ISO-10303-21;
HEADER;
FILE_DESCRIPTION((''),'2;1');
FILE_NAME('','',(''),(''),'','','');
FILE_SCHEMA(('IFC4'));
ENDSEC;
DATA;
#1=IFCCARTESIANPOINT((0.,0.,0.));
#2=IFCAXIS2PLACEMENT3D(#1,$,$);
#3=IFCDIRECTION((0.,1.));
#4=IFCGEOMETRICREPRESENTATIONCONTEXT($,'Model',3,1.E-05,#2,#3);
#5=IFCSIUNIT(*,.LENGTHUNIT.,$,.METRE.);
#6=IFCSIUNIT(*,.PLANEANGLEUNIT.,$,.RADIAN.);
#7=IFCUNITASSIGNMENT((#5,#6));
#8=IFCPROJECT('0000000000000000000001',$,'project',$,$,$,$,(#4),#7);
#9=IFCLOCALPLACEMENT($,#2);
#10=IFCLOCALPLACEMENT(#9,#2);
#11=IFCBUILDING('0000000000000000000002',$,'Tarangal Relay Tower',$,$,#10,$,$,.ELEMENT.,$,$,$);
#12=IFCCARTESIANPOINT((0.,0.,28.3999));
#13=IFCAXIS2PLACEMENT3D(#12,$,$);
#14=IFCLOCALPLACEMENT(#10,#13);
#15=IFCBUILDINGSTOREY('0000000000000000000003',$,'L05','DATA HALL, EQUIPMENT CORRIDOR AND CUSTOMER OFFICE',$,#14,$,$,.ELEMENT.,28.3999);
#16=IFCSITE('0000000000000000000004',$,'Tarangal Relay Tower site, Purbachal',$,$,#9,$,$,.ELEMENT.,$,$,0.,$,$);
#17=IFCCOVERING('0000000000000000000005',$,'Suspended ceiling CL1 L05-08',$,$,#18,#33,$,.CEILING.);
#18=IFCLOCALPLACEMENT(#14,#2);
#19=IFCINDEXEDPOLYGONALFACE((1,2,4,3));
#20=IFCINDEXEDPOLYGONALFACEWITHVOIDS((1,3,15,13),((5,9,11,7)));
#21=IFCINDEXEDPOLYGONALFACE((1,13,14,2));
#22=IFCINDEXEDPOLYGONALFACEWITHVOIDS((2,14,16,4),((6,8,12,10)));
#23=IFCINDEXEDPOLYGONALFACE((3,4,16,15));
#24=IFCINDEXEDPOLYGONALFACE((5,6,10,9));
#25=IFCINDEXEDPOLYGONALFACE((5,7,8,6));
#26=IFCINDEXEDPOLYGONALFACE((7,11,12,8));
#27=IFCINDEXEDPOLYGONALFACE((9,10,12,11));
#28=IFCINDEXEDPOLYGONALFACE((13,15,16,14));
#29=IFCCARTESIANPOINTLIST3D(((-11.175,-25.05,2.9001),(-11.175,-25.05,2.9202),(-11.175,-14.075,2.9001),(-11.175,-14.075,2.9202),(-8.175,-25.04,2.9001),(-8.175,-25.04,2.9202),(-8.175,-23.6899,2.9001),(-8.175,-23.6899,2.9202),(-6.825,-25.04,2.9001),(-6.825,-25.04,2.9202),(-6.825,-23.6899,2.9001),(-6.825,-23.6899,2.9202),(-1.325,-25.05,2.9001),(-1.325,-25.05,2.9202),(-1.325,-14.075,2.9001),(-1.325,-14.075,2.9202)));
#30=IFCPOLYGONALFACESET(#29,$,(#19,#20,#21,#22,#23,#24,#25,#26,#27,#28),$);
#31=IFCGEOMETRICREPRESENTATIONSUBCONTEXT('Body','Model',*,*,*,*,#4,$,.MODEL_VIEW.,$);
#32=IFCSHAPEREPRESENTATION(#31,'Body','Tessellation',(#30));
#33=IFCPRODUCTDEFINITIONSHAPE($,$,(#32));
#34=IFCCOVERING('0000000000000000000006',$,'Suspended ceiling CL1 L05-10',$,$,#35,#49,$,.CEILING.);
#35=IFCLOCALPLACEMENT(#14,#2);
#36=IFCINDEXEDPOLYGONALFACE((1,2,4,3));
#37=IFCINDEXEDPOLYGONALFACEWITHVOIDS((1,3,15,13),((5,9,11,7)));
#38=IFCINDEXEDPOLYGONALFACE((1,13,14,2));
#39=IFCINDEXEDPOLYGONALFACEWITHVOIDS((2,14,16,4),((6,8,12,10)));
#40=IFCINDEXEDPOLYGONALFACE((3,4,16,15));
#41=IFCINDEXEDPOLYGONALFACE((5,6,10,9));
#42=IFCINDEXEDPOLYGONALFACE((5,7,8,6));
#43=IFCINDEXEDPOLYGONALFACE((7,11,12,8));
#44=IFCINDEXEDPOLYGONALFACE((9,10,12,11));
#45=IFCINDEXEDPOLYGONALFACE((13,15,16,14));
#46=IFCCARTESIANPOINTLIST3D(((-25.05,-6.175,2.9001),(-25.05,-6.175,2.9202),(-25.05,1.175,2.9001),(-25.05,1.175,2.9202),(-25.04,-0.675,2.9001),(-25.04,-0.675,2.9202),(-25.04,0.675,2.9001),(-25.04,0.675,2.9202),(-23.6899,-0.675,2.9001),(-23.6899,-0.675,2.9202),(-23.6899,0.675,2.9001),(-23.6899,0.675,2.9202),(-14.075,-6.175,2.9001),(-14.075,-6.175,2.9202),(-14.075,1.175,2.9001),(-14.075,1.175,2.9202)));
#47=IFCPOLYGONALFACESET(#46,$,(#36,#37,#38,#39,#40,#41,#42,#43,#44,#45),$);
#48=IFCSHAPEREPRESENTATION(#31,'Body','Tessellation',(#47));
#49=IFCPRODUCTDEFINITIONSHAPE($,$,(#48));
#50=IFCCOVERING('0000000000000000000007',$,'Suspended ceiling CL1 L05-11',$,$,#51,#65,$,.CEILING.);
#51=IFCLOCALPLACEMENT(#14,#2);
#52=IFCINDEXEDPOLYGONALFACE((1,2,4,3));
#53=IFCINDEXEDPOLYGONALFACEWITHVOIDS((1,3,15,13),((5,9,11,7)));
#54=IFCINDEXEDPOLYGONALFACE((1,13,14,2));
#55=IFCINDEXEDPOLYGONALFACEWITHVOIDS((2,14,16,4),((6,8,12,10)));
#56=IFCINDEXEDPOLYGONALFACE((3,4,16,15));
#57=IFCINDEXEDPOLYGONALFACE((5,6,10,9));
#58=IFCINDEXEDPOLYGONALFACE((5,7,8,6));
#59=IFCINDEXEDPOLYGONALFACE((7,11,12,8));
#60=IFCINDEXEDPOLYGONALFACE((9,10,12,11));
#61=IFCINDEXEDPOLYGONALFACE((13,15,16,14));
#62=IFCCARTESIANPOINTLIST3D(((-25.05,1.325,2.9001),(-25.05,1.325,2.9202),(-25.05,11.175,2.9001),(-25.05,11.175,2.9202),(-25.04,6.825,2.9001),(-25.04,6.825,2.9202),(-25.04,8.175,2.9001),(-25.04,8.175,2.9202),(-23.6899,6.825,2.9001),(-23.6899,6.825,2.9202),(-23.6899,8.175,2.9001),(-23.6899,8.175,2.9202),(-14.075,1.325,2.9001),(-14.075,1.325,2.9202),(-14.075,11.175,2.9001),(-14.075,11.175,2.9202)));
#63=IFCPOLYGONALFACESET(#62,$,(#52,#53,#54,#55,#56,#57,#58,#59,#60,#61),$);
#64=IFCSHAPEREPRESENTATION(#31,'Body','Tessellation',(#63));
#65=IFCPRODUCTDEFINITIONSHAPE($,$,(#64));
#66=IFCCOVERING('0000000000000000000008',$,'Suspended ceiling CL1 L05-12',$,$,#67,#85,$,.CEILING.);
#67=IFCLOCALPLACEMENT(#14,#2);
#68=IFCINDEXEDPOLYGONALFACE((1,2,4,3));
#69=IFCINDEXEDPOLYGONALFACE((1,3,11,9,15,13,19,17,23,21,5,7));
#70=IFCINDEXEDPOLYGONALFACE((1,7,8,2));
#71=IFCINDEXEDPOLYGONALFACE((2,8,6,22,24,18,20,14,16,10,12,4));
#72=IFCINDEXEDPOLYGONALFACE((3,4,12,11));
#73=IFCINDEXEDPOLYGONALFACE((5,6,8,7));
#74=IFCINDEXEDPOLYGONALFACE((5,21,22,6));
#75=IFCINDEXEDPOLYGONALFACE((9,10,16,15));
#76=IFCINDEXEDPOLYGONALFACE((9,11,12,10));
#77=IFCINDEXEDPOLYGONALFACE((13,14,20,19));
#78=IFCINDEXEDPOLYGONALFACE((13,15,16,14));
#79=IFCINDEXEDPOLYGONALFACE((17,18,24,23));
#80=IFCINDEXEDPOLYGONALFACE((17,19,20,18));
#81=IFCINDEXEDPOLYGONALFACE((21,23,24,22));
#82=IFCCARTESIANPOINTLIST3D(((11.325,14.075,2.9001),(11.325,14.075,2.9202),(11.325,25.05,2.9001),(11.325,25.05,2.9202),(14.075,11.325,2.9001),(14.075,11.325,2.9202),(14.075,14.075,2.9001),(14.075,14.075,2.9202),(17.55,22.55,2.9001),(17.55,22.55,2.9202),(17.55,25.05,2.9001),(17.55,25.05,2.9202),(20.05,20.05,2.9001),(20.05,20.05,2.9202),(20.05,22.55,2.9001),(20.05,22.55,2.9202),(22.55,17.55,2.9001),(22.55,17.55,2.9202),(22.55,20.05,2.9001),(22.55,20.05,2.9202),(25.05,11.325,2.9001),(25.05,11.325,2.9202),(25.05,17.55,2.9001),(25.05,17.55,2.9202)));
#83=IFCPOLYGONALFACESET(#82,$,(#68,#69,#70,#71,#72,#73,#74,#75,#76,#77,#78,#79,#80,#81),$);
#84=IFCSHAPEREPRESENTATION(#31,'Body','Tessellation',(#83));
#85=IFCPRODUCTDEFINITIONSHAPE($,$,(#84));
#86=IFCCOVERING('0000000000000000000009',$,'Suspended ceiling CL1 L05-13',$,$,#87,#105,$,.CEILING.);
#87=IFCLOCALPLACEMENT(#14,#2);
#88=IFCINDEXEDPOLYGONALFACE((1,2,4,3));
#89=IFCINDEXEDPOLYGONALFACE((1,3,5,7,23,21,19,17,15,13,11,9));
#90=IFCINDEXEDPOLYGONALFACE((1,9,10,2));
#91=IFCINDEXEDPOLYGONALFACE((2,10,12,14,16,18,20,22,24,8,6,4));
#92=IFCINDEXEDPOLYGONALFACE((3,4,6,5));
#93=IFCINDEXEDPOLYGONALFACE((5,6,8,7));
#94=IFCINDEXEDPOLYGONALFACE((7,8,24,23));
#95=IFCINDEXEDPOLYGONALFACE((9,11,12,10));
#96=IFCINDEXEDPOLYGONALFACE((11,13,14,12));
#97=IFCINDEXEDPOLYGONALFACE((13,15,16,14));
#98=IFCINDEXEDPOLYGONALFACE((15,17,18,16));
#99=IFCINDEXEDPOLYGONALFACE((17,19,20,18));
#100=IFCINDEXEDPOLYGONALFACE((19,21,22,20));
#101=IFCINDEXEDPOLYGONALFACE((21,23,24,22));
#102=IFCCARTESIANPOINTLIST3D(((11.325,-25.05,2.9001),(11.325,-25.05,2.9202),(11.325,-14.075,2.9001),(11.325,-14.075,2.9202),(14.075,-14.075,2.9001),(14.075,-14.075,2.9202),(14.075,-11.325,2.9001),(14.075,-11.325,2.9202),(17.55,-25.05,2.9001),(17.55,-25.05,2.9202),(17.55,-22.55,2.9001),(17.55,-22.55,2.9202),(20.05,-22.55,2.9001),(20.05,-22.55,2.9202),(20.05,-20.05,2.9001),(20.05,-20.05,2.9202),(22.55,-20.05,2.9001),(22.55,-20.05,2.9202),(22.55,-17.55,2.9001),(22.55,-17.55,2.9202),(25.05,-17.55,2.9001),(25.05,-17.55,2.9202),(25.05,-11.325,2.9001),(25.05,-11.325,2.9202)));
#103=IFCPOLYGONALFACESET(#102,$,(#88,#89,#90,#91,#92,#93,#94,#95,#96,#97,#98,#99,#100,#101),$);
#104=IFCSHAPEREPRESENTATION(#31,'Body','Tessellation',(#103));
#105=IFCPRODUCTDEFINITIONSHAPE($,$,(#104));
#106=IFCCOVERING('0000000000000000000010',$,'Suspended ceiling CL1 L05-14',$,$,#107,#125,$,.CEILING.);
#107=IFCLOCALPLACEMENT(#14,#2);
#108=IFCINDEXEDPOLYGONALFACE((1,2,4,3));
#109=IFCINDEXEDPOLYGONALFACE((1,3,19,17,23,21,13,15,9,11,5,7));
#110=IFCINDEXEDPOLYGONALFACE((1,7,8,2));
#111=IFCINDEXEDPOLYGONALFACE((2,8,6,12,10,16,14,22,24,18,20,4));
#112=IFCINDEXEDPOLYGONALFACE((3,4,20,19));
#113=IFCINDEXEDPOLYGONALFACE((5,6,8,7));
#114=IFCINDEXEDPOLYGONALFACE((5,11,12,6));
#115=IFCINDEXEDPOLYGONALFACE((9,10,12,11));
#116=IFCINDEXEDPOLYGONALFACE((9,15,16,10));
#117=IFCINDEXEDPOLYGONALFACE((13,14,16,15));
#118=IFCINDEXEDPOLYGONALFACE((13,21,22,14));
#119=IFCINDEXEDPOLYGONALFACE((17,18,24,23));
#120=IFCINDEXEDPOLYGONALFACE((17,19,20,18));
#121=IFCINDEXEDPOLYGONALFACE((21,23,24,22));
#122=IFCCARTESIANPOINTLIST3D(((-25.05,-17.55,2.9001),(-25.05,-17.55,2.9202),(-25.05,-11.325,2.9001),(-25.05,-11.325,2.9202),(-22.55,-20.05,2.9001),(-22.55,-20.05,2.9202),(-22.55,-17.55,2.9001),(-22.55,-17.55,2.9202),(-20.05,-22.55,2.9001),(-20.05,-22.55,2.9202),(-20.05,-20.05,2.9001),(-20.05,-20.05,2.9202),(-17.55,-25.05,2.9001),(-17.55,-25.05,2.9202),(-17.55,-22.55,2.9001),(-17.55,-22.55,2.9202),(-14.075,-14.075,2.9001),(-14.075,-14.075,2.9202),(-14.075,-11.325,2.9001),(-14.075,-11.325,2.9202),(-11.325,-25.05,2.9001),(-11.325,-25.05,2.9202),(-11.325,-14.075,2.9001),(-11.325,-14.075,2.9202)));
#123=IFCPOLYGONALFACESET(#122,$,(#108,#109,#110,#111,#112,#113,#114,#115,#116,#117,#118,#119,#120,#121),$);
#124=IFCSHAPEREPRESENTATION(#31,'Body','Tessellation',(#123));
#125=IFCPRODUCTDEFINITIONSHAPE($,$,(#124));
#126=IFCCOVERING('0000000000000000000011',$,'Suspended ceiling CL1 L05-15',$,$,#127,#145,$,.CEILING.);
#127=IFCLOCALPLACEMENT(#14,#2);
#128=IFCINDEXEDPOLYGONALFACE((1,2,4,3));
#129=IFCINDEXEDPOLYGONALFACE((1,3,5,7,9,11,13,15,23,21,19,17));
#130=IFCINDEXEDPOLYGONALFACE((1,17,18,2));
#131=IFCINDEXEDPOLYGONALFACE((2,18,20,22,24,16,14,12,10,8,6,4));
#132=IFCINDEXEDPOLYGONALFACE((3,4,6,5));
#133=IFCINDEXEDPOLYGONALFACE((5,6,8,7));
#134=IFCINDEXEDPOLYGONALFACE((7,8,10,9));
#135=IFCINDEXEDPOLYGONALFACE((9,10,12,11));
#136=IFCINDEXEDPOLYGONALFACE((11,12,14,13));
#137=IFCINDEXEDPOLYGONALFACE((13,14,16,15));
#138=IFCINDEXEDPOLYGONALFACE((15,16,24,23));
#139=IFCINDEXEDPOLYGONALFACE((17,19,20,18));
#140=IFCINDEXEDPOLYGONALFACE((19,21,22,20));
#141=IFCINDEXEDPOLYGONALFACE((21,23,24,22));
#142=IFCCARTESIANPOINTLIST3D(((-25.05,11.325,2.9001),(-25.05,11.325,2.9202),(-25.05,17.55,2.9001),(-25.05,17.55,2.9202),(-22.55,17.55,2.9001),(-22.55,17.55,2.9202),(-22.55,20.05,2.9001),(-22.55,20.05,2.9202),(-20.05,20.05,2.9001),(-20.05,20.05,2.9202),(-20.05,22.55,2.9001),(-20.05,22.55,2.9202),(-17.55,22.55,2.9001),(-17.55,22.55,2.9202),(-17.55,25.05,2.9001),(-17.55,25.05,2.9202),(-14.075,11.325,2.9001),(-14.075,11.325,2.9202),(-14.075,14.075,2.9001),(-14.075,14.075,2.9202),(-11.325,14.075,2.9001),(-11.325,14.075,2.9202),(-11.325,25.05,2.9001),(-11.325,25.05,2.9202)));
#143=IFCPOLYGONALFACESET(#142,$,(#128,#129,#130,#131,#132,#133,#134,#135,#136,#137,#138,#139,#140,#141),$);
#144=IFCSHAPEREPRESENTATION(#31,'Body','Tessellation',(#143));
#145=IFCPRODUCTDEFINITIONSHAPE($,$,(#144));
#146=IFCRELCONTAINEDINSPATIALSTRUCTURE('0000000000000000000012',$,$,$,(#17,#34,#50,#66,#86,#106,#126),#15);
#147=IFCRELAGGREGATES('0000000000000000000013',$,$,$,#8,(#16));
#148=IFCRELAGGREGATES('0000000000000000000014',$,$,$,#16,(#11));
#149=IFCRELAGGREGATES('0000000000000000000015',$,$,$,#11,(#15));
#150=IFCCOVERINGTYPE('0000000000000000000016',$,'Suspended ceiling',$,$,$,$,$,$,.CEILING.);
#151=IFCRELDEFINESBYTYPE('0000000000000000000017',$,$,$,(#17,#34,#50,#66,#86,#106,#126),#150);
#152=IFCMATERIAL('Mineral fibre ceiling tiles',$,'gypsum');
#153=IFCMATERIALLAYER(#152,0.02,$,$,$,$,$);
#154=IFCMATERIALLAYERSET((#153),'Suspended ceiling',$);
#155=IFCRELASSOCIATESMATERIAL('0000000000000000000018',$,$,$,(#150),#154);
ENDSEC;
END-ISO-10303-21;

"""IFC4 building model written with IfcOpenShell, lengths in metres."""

from ifc_helpers import new_model, si_unit, direction, frame, origin, place, context, subcontext, project, spatial, polyline, outline, extrude, material, layer, layer_set, type_object, element, save


model = new_model("IFC4")

# Units and contexts
model_context = context("Model", 3, precision=1e-05, world=origin(), true_north=direction((0.0, 1.0)))
body_context = subcontext(model_context, "Body", "Model", "MODEL_VIEW")
ifc_project = project(units=[si_unit("LENGTHUNIT", "METRE"), si_unit("PLANEANGLEUNIT", "RADIAN")], contexts=[model_context])

# Site, building, storey
site_placement = place(None, origin())
site = spatial("IfcSite", under=ifc_project, at=site_placement, Name="Tarangal Relay Tower site, Purbachal", CompositionType="ELEMENT", RefElevation=0.0)
building_placement = place(site_placement, origin())
building = spatial("IfcBuilding", under=site, at=building_placement, Name="Tarangal Relay Tower", CompositionType="ELEMENT")
storey_placement = place(building_placement, frame((0.0, 0.0, 28.3999)))
storey = spatial("IfcBuildingStorey", under=building, at=storey_placement, Name="L05", Description="DATA HALL, EQUIPMENT CORRIDOR AND CUSTOMER OFFICE", CompositionType="ELEMENT", Elevation=28.3999)

# Coverings
ifc_material_1 = material(Name="Mineral fibre ceiling tiles", Category="gypsum")
ifc_layer_1 = layer(ifc_material_1, 0.02)
ifc_layer_set_1 = layer_set([ifc_layer_1], Name="Suspended ceiling")
covering_type_1 = type_object("IfcCoveringType", Name="Suspended ceiling", PredefinedType="CEILING", material=ifc_layer_set_1)
covering_1_placement = place(storey_placement, frame((0.0, 0.0, 2.9001)))
element("IfcCovering", 1, at=covering_1_placement, inside=storey, type_object=covering_type_1, Name="Suspended ceiling CL1 L05-08", PredefinedType="CEILING", context=body_context, shape_type="SweptSolid", body=[
    extrude(outline(polyline([(-11.175, -25.05), (-1.325, -25.05), (-1.325, -14.075), (-11.175, -14.075), (-11.175, -25.05)]), holes=[polyline([(-6.825, -23.6899), (-8.175, -23.6899), (-8.175, -25.04), (-6.825, -25.04), (-6.825, -23.6899)])]), origin(), (0.0, 0.0, 1.0), 0.02),
])
covering_2_placement = place(storey_placement, frame((0.0, 0.0, 2.9001)))
element("IfcCovering", 2, at=covering_2_placement, inside=storey, type_object=covering_type_1, Name="Suspended ceiling CL1 L05-10", PredefinedType="CEILING", context=body_context, shape_type="SweptSolid", body=[
    extrude(outline(polyline([(-25.05, 1.175), (-25.05, -6.175), (-14.075, -6.175), (-14.075, 1.175), (-25.05, 1.175)]), holes=[polyline([(-23.6899, 0.675), (-25.04, 0.675), (-25.04, -0.675), (-23.6899, -0.675), (-23.6899, 0.675)])]), origin(), (0.0, 0.0, 1.0), 0.02),
])
covering_3_placement = place(storey_placement, frame((0.0, 0.0, 2.9001)))
element("IfcCovering", 3, at=covering_3_placement, inside=storey, type_object=covering_type_1, Name="Suspended ceiling CL1 L05-11", PredefinedType="CEILING", context=body_context, shape_type="SweptSolid", body=[
    extrude(outline(polyline([(-25.05, 11.175), (-25.05, 1.325), (-14.075, 1.325), (-14.075, 11.175), (-25.05, 11.175)]), holes=[polyline([(-23.6899, 8.175), (-25.04, 8.175), (-25.04, 6.825), (-23.6899, 6.825), (-23.6899, 8.175)])]), origin(), (0.0, 0.0, 1.0), 0.02),
])
covering_4_placement = place(storey_placement, frame((0.0, 0.0, 2.9001)))
element("IfcCovering", 4, at=covering_4_placement, inside=storey, type_object=covering_type_1, Name="Suspended ceiling CL1 L05-12", PredefinedType="CEILING", context=body_context, shape_type="SweptSolid", body=[
    extrude(outline(polyline([(17.55, 25.05), (11.325, 25.05), (11.325, 14.075), (14.075, 14.075), (14.075, 11.325), (25.05, 11.325), (25.05, 17.55), (22.55, 17.55), (22.55, 20.05), (20.05, 20.05), (20.05, 22.55), (17.55, 22.55), (17.55, 25.05)])), origin(), (0.0, 0.0, 1.0), 0.02),
])
covering_5_placement = place(storey_placement, frame((0.0, 0.0, 2.9001)))
element("IfcCovering", 5, at=covering_5_placement, inside=storey, type_object=covering_type_1, Name="Suspended ceiling CL1 L05-13", PredefinedType="CEILING", context=body_context, shape_type="SweptSolid", body=[
    extrude(outline(polyline([(25.05, -17.55), (25.05, -11.325), (14.075, -11.325), (14.075, -14.075), (11.325, -14.075), (11.325, -25.05), (17.55, -25.05), (17.55, -22.55), (20.05, -22.55), (20.05, -20.05), (22.55, -20.05), (22.55, -17.55), (25.05, -17.55)])), origin(), (0.0, 0.0, 1.0), 0.02),
])
covering_6_placement = place(storey_placement, frame((0.0, 0.0, 2.9001)))
element("IfcCovering", 6, at=covering_6_placement, inside=storey, type_object=covering_type_1, Name="Suspended ceiling CL1 L05-14", PredefinedType="CEILING", context=body_context, shape_type="SweptSolid", body=[
    extrude(outline(polyline([(-17.55, -22.55), (-17.55, -25.05), (-11.325, -25.05), (-11.325, -14.075), (-14.075, -14.075), (-14.075, -11.325), (-25.05, -11.325), (-25.05, -17.55), (-22.55, -17.55), (-22.55, -20.05), (-20.05, -20.05), (-20.05, -22.55), (-17.55, -22.55)])), origin(), (0.0, 0.0, 1.0), 0.02),
])
covering_7_placement = place(storey_placement, frame((0.0, 0.0, 2.9001)))
element("IfcCovering", 7, at=covering_7_placement, inside=storey, type_object=covering_type_1, Name="Suspended ceiling CL1 L05-15", PredefinedType="CEILING", context=body_context, shape_type="SweptSolid", body=[
    extrude(outline(polyline([(-22.55, 17.55), (-25.05, 17.55), (-25.05, 11.325), (-14.075, 11.325), (-14.075, 14.075), (-11.325, 14.075), (-11.325, 25.05), (-17.55, 25.05), (-17.55, 22.55), (-20.05, 22.55), (-20.05, 20.05), (-22.55, 20.05), (-22.55, 17.55)])), origin(), (0.0, 0.0, 1.0), 0.02),
])

save(model, "model.ifc")
